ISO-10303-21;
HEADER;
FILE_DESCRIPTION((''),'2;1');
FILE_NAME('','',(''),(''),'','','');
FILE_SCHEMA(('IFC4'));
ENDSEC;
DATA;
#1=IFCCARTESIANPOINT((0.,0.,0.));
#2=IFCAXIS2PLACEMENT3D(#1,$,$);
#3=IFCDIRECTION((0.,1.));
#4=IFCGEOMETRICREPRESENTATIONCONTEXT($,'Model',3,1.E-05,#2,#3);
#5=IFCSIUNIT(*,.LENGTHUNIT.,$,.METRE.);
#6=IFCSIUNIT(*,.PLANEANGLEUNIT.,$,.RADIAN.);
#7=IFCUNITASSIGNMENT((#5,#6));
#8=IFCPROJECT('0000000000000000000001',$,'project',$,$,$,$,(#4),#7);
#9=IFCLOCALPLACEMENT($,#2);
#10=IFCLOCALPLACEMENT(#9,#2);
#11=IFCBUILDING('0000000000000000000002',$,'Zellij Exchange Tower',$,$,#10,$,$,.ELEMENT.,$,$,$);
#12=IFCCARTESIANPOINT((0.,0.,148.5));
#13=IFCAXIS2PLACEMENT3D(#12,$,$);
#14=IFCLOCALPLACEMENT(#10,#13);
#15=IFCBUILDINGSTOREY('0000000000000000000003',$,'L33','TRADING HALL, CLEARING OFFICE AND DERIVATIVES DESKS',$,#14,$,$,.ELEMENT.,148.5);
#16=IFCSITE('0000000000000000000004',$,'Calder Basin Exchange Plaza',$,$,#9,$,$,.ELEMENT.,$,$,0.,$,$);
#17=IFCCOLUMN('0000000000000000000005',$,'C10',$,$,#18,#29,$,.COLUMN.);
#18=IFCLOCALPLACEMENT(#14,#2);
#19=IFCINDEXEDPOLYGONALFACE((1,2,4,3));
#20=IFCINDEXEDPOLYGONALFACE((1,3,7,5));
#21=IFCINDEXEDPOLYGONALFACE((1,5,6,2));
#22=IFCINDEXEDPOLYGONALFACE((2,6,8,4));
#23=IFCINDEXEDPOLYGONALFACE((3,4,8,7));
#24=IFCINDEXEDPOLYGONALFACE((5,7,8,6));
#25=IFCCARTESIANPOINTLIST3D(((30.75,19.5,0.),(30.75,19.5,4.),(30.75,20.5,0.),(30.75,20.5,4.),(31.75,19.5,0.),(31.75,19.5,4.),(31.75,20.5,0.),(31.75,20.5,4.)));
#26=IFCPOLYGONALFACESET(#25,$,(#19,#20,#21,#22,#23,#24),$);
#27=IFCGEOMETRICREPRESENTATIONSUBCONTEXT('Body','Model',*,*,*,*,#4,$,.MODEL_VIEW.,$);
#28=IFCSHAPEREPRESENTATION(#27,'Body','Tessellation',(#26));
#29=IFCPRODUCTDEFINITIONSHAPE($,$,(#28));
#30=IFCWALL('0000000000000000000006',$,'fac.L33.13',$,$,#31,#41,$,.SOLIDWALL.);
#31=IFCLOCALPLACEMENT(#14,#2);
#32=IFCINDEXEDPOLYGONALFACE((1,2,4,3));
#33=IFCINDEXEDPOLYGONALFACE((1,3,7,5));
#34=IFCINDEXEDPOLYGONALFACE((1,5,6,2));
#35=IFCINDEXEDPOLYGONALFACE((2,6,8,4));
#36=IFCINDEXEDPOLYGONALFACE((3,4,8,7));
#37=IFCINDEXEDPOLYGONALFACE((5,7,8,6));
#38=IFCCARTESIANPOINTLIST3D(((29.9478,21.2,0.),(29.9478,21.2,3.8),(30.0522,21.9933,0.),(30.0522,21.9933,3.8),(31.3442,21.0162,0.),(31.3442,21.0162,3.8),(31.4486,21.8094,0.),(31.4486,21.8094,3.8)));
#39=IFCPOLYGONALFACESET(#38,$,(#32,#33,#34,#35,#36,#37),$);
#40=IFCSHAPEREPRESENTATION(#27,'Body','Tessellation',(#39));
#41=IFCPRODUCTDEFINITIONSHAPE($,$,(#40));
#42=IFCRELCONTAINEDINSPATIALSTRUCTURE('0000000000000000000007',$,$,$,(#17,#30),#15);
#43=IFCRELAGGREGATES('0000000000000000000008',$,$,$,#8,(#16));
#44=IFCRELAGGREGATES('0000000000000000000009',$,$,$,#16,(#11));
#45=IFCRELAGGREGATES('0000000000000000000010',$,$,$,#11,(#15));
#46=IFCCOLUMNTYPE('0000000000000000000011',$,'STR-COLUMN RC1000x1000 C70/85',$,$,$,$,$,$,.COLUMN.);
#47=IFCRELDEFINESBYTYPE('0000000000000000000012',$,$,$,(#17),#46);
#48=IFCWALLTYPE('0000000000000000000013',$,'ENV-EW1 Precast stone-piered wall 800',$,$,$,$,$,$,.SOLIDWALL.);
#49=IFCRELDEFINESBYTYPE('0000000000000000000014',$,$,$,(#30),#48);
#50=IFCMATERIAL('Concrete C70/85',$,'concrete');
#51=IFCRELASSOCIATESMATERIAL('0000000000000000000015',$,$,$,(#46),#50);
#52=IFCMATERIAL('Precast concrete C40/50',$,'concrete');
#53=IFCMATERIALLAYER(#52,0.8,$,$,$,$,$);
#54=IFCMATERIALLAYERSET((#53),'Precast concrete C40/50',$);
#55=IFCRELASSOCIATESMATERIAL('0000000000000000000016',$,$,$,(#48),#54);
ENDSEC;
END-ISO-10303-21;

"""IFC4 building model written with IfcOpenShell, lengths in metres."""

from ifc_helpers import new_model, si_unit, direction, frame, frame_2d, origin, origin_2d, place, context, subcontext, project, spatial, rectangle, extrude, material, layer, layer_set, material_profile, profile_set, type_object, element, save


model = new_model("IFC4")

# Units and contexts
model_context = context("Model", 3, precision=1e-05, world=origin(), true_north=direction((0.0, 1.0)))
body_context = subcontext(model_context, "Body", "Model", "MODEL_VIEW")
ifc_project = project(units=[si_unit("LENGTHUNIT", "METRE"), si_unit("PLANEANGLEUNIT", "RADIAN")], contexts=[model_context])

# Site, building, storey
site_placement = place(None, origin())
site = spatial("IfcSite", under=ifc_project, at=site_placement, Name="Calder Basin Exchange Plaza", CompositionType="ELEMENT", RefElevation=0.0)
building_placement = place(site_placement, origin())
building = spatial("IfcBuilding", under=site, at=building_placement, Name="Zellij Exchange Tower", CompositionType="ELEMENT")
storey_placement = place(building_placement, frame((0.0, 0.0, 148.5)))
storey = spatial("IfcBuildingStorey", under=building, at=storey_placement, Name="L33", Description="TRADING HALL, CLEARING OFFICE AND DERIVATIVES DESKS", CompositionType="ELEMENT", Elevation=148.5)

# Column
ifc_material_1 = material(Name="Concrete C70/85", Category="concrete")
ifc_material_profile = material_profile(ifc_material_1, rectangle(XDim=1.0, YDim=1.0, at=origin_2d()), Name="STR-COLUMN RC1000x1000 C70/85")
ifc_profile_set = profile_set([ifc_material_profile], Name="Concrete C70/85")
column_type = type_object("IfcColumnType", Name="STR-COLUMN RC1000x1000 C70/85", PredefinedType="COLUMN", material=ifc_profile_set)
column_placement = place(storey_placement, frame((31.25, 20.0, 0.0), z_axis=(0.0, 0.0, 1.0), x_axis=(1.0, 0.0, 0.0)))
element("IfcColumn", 1, at=column_placement, inside=storey, type_object=column_type, Name="C10", PredefinedType="COLUMN", context=body_context, shape_type="SweptSolid", body=[
    extrude(rectangle(XDim=1.0, YDim=1.0, at=origin_2d()), origin(), (0.0, 0.0, 1.0), 4.0),
])

# Wall
ifc_material_2 = material(Name="Precast concrete C40/50", Category="concrete")
ifc_layer = layer(ifc_material_2, 0.8)
ifc_layer_set = layer_set([ifc_layer], Name="Precast concrete C40/50")
wall_type = type_object("IfcWallType", Name="ENV-EW1 Precast stone-piered wall 800", PredefinedType="SOLIDWALL", material=ifc_layer_set)
wall_1_placement = place(storey_placement, frame((31.3962, 21.4128, 0.0), z_axis=(0.0, 0.0, 1.0), x_axis=(-0.991446, 0.130517, 0.0)))
element("IfcWall", 2, at=wall_1_placement, inside=storey, type_object=wall_type, Name="fac.L33.13", PredefinedType="SOLIDWALL", context=body_context, shape_type="SweptSolid", body=[
    extrude(rectangle(XDim=1.4084, YDim=0.8, at=frame_2d((0.7041, 0.0))), origin(), (0.0, 0.0, 1.0), 3.8),
])

save(model, "model.ifc")
